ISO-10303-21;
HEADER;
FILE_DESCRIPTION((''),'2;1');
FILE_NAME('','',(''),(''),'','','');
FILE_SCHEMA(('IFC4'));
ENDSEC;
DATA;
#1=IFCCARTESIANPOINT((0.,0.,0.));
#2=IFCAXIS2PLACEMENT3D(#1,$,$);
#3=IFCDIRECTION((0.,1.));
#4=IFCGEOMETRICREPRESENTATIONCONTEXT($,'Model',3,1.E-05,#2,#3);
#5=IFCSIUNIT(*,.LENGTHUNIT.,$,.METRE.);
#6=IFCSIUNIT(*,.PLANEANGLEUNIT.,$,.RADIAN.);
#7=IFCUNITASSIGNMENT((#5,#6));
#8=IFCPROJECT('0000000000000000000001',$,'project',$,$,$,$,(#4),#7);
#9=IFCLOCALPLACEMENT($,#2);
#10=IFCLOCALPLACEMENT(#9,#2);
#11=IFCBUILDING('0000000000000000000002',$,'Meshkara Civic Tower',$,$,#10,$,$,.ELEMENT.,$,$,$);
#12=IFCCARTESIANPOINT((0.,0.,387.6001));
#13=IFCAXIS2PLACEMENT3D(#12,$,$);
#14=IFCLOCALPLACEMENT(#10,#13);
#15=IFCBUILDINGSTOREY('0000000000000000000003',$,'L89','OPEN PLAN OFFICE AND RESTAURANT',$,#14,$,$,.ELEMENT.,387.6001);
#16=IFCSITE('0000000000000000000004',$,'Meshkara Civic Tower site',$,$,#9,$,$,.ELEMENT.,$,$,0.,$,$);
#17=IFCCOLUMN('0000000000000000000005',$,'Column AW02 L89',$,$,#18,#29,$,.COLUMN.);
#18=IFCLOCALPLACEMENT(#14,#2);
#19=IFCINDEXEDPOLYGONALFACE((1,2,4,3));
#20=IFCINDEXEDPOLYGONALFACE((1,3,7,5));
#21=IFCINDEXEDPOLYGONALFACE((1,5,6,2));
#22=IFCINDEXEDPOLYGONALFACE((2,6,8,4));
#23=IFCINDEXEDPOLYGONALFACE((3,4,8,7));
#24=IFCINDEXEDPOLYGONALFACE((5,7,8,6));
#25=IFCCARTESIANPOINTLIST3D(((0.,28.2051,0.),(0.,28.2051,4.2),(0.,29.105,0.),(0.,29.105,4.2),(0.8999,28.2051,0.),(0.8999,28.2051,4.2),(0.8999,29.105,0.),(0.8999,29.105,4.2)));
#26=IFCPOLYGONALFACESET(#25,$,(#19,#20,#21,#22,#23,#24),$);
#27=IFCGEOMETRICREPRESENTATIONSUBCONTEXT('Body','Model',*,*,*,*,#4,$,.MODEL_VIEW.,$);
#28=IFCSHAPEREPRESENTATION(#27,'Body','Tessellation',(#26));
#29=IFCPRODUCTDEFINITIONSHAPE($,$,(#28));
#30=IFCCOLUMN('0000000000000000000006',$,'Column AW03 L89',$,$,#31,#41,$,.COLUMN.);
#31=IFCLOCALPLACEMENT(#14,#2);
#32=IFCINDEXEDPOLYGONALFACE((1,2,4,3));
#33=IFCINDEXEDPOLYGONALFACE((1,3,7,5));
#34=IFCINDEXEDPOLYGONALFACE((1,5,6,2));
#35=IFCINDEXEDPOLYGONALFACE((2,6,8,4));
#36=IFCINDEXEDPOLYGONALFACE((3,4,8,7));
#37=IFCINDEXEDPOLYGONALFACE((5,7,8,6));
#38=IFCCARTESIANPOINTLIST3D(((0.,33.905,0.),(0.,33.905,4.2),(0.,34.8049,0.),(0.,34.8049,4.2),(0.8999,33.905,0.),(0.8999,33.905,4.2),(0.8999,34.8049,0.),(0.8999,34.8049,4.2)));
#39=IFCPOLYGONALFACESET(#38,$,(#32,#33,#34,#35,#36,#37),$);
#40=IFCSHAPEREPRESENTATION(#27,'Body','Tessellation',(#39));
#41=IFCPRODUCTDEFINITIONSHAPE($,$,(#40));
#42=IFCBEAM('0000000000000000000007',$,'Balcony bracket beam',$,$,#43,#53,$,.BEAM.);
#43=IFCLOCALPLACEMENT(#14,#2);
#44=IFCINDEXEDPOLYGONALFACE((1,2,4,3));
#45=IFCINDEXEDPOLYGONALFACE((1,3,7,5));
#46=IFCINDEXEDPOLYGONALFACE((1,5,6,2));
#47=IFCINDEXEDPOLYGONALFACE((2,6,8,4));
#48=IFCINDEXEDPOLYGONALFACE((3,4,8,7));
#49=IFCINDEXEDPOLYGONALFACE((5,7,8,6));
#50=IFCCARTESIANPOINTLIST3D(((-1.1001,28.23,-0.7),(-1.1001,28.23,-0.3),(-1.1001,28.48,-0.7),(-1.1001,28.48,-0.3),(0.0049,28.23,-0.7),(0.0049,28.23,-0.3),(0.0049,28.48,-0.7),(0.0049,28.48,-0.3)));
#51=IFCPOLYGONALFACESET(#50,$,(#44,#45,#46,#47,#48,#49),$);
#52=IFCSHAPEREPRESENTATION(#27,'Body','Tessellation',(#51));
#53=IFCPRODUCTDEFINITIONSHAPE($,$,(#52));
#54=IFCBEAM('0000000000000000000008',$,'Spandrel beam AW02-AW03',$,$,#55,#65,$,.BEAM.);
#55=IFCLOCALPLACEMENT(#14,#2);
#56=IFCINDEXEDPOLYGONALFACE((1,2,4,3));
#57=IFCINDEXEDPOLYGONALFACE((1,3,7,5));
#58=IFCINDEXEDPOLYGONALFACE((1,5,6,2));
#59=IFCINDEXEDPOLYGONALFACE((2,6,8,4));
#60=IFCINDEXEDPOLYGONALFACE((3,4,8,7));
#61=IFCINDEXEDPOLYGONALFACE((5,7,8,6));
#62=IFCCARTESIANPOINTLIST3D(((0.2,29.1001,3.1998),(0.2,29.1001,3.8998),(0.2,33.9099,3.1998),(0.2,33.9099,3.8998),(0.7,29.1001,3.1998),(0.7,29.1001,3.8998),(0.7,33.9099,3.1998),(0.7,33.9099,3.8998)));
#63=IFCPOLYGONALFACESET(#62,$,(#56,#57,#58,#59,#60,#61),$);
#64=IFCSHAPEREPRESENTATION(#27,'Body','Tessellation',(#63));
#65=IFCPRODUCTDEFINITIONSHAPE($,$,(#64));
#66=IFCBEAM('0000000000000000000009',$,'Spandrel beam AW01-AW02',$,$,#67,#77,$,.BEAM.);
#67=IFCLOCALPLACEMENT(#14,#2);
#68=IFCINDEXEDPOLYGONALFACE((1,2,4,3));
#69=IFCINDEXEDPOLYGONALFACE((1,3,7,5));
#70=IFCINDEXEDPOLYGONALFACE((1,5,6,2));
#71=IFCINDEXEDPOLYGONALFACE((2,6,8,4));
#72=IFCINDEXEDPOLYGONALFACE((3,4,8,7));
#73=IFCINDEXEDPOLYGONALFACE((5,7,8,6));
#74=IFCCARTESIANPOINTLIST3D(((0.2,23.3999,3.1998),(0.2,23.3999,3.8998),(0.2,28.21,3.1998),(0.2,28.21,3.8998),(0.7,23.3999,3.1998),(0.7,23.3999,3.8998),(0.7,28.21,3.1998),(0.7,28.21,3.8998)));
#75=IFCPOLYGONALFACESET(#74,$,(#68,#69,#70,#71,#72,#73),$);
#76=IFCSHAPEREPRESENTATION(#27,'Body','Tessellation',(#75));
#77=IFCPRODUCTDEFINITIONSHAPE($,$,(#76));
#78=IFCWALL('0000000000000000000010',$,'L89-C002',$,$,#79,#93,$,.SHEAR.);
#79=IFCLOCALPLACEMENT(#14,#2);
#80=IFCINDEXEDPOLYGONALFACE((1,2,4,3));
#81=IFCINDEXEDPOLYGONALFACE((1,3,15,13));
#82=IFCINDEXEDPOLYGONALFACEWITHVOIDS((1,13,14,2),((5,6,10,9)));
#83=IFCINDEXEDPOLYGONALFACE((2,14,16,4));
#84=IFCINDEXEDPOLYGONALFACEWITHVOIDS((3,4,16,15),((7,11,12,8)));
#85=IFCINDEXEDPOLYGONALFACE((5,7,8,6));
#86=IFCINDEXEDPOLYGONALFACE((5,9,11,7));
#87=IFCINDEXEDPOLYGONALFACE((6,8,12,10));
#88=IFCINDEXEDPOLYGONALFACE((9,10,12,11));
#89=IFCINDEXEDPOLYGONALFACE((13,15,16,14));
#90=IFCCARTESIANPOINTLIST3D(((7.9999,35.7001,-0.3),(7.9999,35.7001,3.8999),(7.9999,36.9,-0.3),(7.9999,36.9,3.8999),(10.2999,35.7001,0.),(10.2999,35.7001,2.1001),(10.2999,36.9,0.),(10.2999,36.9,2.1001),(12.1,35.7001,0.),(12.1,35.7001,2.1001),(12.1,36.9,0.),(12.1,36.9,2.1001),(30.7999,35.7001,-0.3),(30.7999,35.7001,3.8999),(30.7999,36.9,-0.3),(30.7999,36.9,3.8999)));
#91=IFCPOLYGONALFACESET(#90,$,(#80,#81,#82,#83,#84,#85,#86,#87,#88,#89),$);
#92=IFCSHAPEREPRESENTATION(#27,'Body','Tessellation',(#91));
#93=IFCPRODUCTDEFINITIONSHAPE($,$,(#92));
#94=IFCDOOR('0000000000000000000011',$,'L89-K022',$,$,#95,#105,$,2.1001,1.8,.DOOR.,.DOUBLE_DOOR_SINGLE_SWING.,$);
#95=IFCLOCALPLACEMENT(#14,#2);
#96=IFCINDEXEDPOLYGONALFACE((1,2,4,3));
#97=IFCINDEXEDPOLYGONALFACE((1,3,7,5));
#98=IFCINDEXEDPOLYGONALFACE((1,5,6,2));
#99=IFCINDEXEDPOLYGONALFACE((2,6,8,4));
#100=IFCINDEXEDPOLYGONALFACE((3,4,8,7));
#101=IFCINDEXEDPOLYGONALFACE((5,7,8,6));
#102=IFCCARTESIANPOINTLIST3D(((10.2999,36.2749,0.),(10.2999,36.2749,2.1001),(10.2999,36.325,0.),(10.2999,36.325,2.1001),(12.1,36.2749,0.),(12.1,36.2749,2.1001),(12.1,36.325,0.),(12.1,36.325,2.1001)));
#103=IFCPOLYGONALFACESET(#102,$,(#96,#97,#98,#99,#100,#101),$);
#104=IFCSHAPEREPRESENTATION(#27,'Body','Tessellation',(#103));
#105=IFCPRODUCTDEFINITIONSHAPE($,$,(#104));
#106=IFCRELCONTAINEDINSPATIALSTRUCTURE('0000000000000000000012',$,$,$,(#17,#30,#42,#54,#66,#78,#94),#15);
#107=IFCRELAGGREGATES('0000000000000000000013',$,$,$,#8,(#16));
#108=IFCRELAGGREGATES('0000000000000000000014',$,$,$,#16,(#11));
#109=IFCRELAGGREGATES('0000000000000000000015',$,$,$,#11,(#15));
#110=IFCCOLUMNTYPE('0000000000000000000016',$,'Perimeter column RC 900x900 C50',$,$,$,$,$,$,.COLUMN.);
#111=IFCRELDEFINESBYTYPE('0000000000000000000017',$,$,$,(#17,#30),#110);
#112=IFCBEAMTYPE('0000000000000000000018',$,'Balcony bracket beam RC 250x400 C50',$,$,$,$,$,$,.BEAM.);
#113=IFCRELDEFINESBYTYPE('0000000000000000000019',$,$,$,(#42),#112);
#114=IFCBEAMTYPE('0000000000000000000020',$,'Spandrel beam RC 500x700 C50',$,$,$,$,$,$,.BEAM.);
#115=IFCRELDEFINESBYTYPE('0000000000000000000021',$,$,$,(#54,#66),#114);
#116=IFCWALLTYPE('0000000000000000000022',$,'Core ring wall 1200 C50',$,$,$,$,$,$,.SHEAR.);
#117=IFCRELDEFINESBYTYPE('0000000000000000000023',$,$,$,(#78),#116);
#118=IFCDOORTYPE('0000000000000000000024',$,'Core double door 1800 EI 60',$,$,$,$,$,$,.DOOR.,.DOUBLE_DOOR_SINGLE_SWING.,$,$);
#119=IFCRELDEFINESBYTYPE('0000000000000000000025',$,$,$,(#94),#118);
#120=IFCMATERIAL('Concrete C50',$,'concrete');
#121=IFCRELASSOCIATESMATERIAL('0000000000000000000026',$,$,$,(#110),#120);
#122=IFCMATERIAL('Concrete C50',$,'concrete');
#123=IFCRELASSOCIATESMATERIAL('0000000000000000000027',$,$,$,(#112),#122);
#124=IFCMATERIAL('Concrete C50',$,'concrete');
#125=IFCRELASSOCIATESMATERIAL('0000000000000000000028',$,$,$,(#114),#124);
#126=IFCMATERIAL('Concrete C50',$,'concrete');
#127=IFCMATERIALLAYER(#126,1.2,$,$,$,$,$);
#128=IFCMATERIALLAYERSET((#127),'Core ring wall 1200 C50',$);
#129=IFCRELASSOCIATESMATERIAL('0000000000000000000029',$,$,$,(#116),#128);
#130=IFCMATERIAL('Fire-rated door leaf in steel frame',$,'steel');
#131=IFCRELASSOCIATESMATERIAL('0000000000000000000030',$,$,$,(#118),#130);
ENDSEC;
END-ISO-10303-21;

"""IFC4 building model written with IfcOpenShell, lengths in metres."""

from ifc_helpers import new_model, si_unit, direction, frame, frame_2d, origin, origin_2d, place, context, subcontext, project, spatial, rectangle, extrude, material, layer, layer_set, material_profile, profile_set, type_object, element, fill, save


model = new_model("IFC4")

# Units and contexts
model_context = context("Model", 3, precision=1e-05, world=origin(), true_north=direction((0.0, 1.0)))
body_context = subcontext(model_context, "Body", "Model", "MODEL_VIEW")
ifc_project = project(units=[si_unit("LENGTHUNIT", "METRE"), si_unit("PLANEANGLEUNIT", "RADIAN")], contexts=[model_context])

# Site, building, storey
site_placement = place(None, origin())
site = spatial("IfcSite", under=ifc_project, at=site_placement, Name="Meshkara Civic Tower site", CompositionType="ELEMENT", RefElevation=0.0)
building_placement = place(site_placement, origin())
building = spatial("IfcBuilding", under=site, at=building_placement, Name="Meshkara Civic Tower", CompositionType="ELEMENT")
storey_placement = place(building_placement, frame((0.0, 0.0, 387.6001)))
storey = spatial("IfcBuildingStorey", under=building, at=storey_placement, Name="L89", Description="OPEN PLAN OFFICE AND RESTAURANT", CompositionType="ELEMENT", Elevation=387.6001)

# Columns
ifc_material_1 = material(Name="Concrete C50", Category="concrete")
ifc_material_profile_1 = material_profile(ifc_material_1, rectangle(XDim=0.8999, YDim=0.8999, at=origin_2d()))
ifc_profile_set_1 = profile_set([ifc_material_profile_1], Name="Concrete C50")
column_type = type_object("IfcColumnType", Name="Perimeter column RC 900x900 C50", PredefinedType="COLUMN", material=ifc_profile_set_1)
for number, where, z_axis, x_axis, name in (
    (1, (0.45, 28.655, 0.0), (0.0, 0.0, 1.0), (1.0, 0.0, 0.0), "Column AW02 L89"),
    (2, (0.45, 34.355, 0.0), (0.0, 0.0, 1.0), (1.0, 0.0, 0.0), "Column AW03 L89"),
):
    element("IfcColumn", number, at=place(storey_placement, frame(where, z_axis=z_axis, x_axis=x_axis)), inside=storey, type_object=column_type, Name=name, PredefinedType="COLUMN", context=body_context, shape_type="SweptSolid", body=[
        extrude(rectangle(XDim=0.8999, YDim=0.8999, at=origin_2d()), origin(), (0.0, 0.0, 1.0), 4.2),
    ])

# Beams
ifc_material_2 = material(Name="Concrete C50", Category="concrete")
ifc_material_profile_2 = material_profile(ifc_material_2, rectangle(XDim=0.25, YDim=0.3999, at=origin_2d()))
ifc_profile_set_2 = profile_set([ifc_material_profile_2], Name="Concrete C50")
beam_type_1 = type_object("IfcBeamType", Name="Balcony bracket beam RC 250x400 C50", PredefinedType="BEAM", material=ifc_profile_set_2)
beam_1_placement = place(storey_placement, frame((0.0049, 28.355, -0.5), z_axis=(-1.0, 0.0, 0.0), x_axis=(0.0, -1.0, 0.0)))
element("IfcBeam", 3, at=beam_1_placement, inside=storey, type_object=beam_type_1, Name="Balcony bracket beam", PredefinedType="BEAM", context=body_context, shape_type="SweptSolid", body=[
    extrude(rectangle(XDim=0.25, YDim=0.3999, at=origin_2d()), origin(), (0.0, 0.0, 1.0), 1.105),
])
ifc_material_3 = material(Name="Concrete C50", Category="concrete")
ifc_material_profile_3 = material_profile(ifc_material_3, rectangle(XDim=0.5, YDim=0.7, at=origin_2d()))
ifc_profile_set_3 = profile_set([ifc_material_profile_3], Name="Concrete C50")
beam_type_2 = type_object("IfcBeamType", Name="Spandrel beam RC 500x700 C50", PredefinedType="BEAM", material=ifc_profile_set_3)
beam_2_placement = place(storey_placement, frame((0.45, 33.9099, 3.5498), z_axis=(0.0, -1.0, 0.0), x_axis=(1.0, 0.0, 0.0)))
element("IfcBeam", 4, at=beam_2_placement, inside=storey, type_object=beam_type_2, Name="Spandrel beam AW02-AW03", PredefinedType="BEAM", context=body_context, shape_type="SweptSolid", body=[
    extrude(rectangle(XDim=0.5, YDim=0.7, at=origin_2d()), origin(), (0.0, 0.0, 1.0), 4.8098),
])
beam_3_placement = place(storey_placement, frame((0.45, 28.21, 3.5498), z_axis=(0.0, -1.0, 0.0), x_axis=(1.0, 0.0, 0.0)))
element("IfcBeam", 5, at=beam_3_placement, inside=storey, type_object=beam_type_2, Name="Spandrel beam AW01-AW02", PredefinedType="BEAM", context=body_context, shape_type="SweptSolid", body=[
    extrude(rectangle(XDim=0.5, YDim=0.7, at=origin_2d()), origin(), (0.0, 0.0, 1.0), 4.8101),
])

# Wall, opening, door
ifc_material_4 = material(Name="Concrete C50", Category="concrete")
ifc_layer_1 = layer(ifc_material_4, 1.2)
ifc_layer_set_1 = layer_set([ifc_layer_1], Name="Core ring wall 1200 C50")
wall_type_1 = type_object("IfcWallType", Name="Core ring wall 1200 C50", PredefinedType="SHEAR", material=ifc_layer_set_1)
wall_1_placement = place(storey_placement, frame((8.0, 36.3, -0.3), z_axis=(0.0, 0.0, 1.0), x_axis=(1.0, 0.0, 0.0)))
wall_1 = element("IfcWall", 6, at=wall_1_placement, inside=storey, type_object=wall_type_1, Name="L89-C002", PredefinedType="SHEAR", context=body_context, shape_type="SweptSolid", body=[
    extrude(rectangle(XDim=22.8, YDim=1.2, at=frame_2d((11.3999, 0.0))), origin(), (0.0, 0.0, 1.0), 4.2),
])
opening_1_placement = place(wall_1_placement, frame((2.3, 0.0, 0.3)))
opening_1 = element("IfcOpeningElement", 7, at=opening_1_placement, cuts=wall_1, PredefinedType="OPENING", context=body_context, shape_type="SweptSolid", body=[
    extrude(rectangle(XDim=1.8, YDim=2.1001, at=frame_2d((0.8999, 1.05))), frame((0.0, 0.6099, 0.0), z_axis=(0.0, -1.0, 0.0), x_axis=(1.0, 0.0, 0.0)), (0.0, 0.0, 1.0), 1.22),
])
ifc_material_5 = material(Name="Fire-rated door leaf in steel frame", Category="steel")
door_type_1 = type_object("IfcDoorType", Name="Core double door 1800 EI 60", OperationType="DOUBLE_DOOR_SINGLE_SWING", PredefinedType="DOOR", material=ifc_material_5)
door_1_placement = place(opening_1_placement, origin())
door_1 = element("IfcDoor", 8, at=door_1_placement, inside=storey, type_object=door_type_1, Name="L89-K022", OperationType="DOUBLE_DOOR_SINGLE_SWING", OverallHeight=2.1001, OverallWidth=1.8, PredefinedType="DOOR", context=body_context, shape_type="SweptSolid", body=[
    extrude(rectangle(XDim=1.8, YDim=2.1001, at=frame_2d((0.8999, 1.05))), frame((0.0, 0.0249, 0.0), z_axis=(0.0, -1.0, 0.0), x_axis=(1.0, 0.0, 0.0)), (0.0, 0.0, 1.0), 0.05),
])
fill(opening_1, door_1)

save(model, "model.ifc")
